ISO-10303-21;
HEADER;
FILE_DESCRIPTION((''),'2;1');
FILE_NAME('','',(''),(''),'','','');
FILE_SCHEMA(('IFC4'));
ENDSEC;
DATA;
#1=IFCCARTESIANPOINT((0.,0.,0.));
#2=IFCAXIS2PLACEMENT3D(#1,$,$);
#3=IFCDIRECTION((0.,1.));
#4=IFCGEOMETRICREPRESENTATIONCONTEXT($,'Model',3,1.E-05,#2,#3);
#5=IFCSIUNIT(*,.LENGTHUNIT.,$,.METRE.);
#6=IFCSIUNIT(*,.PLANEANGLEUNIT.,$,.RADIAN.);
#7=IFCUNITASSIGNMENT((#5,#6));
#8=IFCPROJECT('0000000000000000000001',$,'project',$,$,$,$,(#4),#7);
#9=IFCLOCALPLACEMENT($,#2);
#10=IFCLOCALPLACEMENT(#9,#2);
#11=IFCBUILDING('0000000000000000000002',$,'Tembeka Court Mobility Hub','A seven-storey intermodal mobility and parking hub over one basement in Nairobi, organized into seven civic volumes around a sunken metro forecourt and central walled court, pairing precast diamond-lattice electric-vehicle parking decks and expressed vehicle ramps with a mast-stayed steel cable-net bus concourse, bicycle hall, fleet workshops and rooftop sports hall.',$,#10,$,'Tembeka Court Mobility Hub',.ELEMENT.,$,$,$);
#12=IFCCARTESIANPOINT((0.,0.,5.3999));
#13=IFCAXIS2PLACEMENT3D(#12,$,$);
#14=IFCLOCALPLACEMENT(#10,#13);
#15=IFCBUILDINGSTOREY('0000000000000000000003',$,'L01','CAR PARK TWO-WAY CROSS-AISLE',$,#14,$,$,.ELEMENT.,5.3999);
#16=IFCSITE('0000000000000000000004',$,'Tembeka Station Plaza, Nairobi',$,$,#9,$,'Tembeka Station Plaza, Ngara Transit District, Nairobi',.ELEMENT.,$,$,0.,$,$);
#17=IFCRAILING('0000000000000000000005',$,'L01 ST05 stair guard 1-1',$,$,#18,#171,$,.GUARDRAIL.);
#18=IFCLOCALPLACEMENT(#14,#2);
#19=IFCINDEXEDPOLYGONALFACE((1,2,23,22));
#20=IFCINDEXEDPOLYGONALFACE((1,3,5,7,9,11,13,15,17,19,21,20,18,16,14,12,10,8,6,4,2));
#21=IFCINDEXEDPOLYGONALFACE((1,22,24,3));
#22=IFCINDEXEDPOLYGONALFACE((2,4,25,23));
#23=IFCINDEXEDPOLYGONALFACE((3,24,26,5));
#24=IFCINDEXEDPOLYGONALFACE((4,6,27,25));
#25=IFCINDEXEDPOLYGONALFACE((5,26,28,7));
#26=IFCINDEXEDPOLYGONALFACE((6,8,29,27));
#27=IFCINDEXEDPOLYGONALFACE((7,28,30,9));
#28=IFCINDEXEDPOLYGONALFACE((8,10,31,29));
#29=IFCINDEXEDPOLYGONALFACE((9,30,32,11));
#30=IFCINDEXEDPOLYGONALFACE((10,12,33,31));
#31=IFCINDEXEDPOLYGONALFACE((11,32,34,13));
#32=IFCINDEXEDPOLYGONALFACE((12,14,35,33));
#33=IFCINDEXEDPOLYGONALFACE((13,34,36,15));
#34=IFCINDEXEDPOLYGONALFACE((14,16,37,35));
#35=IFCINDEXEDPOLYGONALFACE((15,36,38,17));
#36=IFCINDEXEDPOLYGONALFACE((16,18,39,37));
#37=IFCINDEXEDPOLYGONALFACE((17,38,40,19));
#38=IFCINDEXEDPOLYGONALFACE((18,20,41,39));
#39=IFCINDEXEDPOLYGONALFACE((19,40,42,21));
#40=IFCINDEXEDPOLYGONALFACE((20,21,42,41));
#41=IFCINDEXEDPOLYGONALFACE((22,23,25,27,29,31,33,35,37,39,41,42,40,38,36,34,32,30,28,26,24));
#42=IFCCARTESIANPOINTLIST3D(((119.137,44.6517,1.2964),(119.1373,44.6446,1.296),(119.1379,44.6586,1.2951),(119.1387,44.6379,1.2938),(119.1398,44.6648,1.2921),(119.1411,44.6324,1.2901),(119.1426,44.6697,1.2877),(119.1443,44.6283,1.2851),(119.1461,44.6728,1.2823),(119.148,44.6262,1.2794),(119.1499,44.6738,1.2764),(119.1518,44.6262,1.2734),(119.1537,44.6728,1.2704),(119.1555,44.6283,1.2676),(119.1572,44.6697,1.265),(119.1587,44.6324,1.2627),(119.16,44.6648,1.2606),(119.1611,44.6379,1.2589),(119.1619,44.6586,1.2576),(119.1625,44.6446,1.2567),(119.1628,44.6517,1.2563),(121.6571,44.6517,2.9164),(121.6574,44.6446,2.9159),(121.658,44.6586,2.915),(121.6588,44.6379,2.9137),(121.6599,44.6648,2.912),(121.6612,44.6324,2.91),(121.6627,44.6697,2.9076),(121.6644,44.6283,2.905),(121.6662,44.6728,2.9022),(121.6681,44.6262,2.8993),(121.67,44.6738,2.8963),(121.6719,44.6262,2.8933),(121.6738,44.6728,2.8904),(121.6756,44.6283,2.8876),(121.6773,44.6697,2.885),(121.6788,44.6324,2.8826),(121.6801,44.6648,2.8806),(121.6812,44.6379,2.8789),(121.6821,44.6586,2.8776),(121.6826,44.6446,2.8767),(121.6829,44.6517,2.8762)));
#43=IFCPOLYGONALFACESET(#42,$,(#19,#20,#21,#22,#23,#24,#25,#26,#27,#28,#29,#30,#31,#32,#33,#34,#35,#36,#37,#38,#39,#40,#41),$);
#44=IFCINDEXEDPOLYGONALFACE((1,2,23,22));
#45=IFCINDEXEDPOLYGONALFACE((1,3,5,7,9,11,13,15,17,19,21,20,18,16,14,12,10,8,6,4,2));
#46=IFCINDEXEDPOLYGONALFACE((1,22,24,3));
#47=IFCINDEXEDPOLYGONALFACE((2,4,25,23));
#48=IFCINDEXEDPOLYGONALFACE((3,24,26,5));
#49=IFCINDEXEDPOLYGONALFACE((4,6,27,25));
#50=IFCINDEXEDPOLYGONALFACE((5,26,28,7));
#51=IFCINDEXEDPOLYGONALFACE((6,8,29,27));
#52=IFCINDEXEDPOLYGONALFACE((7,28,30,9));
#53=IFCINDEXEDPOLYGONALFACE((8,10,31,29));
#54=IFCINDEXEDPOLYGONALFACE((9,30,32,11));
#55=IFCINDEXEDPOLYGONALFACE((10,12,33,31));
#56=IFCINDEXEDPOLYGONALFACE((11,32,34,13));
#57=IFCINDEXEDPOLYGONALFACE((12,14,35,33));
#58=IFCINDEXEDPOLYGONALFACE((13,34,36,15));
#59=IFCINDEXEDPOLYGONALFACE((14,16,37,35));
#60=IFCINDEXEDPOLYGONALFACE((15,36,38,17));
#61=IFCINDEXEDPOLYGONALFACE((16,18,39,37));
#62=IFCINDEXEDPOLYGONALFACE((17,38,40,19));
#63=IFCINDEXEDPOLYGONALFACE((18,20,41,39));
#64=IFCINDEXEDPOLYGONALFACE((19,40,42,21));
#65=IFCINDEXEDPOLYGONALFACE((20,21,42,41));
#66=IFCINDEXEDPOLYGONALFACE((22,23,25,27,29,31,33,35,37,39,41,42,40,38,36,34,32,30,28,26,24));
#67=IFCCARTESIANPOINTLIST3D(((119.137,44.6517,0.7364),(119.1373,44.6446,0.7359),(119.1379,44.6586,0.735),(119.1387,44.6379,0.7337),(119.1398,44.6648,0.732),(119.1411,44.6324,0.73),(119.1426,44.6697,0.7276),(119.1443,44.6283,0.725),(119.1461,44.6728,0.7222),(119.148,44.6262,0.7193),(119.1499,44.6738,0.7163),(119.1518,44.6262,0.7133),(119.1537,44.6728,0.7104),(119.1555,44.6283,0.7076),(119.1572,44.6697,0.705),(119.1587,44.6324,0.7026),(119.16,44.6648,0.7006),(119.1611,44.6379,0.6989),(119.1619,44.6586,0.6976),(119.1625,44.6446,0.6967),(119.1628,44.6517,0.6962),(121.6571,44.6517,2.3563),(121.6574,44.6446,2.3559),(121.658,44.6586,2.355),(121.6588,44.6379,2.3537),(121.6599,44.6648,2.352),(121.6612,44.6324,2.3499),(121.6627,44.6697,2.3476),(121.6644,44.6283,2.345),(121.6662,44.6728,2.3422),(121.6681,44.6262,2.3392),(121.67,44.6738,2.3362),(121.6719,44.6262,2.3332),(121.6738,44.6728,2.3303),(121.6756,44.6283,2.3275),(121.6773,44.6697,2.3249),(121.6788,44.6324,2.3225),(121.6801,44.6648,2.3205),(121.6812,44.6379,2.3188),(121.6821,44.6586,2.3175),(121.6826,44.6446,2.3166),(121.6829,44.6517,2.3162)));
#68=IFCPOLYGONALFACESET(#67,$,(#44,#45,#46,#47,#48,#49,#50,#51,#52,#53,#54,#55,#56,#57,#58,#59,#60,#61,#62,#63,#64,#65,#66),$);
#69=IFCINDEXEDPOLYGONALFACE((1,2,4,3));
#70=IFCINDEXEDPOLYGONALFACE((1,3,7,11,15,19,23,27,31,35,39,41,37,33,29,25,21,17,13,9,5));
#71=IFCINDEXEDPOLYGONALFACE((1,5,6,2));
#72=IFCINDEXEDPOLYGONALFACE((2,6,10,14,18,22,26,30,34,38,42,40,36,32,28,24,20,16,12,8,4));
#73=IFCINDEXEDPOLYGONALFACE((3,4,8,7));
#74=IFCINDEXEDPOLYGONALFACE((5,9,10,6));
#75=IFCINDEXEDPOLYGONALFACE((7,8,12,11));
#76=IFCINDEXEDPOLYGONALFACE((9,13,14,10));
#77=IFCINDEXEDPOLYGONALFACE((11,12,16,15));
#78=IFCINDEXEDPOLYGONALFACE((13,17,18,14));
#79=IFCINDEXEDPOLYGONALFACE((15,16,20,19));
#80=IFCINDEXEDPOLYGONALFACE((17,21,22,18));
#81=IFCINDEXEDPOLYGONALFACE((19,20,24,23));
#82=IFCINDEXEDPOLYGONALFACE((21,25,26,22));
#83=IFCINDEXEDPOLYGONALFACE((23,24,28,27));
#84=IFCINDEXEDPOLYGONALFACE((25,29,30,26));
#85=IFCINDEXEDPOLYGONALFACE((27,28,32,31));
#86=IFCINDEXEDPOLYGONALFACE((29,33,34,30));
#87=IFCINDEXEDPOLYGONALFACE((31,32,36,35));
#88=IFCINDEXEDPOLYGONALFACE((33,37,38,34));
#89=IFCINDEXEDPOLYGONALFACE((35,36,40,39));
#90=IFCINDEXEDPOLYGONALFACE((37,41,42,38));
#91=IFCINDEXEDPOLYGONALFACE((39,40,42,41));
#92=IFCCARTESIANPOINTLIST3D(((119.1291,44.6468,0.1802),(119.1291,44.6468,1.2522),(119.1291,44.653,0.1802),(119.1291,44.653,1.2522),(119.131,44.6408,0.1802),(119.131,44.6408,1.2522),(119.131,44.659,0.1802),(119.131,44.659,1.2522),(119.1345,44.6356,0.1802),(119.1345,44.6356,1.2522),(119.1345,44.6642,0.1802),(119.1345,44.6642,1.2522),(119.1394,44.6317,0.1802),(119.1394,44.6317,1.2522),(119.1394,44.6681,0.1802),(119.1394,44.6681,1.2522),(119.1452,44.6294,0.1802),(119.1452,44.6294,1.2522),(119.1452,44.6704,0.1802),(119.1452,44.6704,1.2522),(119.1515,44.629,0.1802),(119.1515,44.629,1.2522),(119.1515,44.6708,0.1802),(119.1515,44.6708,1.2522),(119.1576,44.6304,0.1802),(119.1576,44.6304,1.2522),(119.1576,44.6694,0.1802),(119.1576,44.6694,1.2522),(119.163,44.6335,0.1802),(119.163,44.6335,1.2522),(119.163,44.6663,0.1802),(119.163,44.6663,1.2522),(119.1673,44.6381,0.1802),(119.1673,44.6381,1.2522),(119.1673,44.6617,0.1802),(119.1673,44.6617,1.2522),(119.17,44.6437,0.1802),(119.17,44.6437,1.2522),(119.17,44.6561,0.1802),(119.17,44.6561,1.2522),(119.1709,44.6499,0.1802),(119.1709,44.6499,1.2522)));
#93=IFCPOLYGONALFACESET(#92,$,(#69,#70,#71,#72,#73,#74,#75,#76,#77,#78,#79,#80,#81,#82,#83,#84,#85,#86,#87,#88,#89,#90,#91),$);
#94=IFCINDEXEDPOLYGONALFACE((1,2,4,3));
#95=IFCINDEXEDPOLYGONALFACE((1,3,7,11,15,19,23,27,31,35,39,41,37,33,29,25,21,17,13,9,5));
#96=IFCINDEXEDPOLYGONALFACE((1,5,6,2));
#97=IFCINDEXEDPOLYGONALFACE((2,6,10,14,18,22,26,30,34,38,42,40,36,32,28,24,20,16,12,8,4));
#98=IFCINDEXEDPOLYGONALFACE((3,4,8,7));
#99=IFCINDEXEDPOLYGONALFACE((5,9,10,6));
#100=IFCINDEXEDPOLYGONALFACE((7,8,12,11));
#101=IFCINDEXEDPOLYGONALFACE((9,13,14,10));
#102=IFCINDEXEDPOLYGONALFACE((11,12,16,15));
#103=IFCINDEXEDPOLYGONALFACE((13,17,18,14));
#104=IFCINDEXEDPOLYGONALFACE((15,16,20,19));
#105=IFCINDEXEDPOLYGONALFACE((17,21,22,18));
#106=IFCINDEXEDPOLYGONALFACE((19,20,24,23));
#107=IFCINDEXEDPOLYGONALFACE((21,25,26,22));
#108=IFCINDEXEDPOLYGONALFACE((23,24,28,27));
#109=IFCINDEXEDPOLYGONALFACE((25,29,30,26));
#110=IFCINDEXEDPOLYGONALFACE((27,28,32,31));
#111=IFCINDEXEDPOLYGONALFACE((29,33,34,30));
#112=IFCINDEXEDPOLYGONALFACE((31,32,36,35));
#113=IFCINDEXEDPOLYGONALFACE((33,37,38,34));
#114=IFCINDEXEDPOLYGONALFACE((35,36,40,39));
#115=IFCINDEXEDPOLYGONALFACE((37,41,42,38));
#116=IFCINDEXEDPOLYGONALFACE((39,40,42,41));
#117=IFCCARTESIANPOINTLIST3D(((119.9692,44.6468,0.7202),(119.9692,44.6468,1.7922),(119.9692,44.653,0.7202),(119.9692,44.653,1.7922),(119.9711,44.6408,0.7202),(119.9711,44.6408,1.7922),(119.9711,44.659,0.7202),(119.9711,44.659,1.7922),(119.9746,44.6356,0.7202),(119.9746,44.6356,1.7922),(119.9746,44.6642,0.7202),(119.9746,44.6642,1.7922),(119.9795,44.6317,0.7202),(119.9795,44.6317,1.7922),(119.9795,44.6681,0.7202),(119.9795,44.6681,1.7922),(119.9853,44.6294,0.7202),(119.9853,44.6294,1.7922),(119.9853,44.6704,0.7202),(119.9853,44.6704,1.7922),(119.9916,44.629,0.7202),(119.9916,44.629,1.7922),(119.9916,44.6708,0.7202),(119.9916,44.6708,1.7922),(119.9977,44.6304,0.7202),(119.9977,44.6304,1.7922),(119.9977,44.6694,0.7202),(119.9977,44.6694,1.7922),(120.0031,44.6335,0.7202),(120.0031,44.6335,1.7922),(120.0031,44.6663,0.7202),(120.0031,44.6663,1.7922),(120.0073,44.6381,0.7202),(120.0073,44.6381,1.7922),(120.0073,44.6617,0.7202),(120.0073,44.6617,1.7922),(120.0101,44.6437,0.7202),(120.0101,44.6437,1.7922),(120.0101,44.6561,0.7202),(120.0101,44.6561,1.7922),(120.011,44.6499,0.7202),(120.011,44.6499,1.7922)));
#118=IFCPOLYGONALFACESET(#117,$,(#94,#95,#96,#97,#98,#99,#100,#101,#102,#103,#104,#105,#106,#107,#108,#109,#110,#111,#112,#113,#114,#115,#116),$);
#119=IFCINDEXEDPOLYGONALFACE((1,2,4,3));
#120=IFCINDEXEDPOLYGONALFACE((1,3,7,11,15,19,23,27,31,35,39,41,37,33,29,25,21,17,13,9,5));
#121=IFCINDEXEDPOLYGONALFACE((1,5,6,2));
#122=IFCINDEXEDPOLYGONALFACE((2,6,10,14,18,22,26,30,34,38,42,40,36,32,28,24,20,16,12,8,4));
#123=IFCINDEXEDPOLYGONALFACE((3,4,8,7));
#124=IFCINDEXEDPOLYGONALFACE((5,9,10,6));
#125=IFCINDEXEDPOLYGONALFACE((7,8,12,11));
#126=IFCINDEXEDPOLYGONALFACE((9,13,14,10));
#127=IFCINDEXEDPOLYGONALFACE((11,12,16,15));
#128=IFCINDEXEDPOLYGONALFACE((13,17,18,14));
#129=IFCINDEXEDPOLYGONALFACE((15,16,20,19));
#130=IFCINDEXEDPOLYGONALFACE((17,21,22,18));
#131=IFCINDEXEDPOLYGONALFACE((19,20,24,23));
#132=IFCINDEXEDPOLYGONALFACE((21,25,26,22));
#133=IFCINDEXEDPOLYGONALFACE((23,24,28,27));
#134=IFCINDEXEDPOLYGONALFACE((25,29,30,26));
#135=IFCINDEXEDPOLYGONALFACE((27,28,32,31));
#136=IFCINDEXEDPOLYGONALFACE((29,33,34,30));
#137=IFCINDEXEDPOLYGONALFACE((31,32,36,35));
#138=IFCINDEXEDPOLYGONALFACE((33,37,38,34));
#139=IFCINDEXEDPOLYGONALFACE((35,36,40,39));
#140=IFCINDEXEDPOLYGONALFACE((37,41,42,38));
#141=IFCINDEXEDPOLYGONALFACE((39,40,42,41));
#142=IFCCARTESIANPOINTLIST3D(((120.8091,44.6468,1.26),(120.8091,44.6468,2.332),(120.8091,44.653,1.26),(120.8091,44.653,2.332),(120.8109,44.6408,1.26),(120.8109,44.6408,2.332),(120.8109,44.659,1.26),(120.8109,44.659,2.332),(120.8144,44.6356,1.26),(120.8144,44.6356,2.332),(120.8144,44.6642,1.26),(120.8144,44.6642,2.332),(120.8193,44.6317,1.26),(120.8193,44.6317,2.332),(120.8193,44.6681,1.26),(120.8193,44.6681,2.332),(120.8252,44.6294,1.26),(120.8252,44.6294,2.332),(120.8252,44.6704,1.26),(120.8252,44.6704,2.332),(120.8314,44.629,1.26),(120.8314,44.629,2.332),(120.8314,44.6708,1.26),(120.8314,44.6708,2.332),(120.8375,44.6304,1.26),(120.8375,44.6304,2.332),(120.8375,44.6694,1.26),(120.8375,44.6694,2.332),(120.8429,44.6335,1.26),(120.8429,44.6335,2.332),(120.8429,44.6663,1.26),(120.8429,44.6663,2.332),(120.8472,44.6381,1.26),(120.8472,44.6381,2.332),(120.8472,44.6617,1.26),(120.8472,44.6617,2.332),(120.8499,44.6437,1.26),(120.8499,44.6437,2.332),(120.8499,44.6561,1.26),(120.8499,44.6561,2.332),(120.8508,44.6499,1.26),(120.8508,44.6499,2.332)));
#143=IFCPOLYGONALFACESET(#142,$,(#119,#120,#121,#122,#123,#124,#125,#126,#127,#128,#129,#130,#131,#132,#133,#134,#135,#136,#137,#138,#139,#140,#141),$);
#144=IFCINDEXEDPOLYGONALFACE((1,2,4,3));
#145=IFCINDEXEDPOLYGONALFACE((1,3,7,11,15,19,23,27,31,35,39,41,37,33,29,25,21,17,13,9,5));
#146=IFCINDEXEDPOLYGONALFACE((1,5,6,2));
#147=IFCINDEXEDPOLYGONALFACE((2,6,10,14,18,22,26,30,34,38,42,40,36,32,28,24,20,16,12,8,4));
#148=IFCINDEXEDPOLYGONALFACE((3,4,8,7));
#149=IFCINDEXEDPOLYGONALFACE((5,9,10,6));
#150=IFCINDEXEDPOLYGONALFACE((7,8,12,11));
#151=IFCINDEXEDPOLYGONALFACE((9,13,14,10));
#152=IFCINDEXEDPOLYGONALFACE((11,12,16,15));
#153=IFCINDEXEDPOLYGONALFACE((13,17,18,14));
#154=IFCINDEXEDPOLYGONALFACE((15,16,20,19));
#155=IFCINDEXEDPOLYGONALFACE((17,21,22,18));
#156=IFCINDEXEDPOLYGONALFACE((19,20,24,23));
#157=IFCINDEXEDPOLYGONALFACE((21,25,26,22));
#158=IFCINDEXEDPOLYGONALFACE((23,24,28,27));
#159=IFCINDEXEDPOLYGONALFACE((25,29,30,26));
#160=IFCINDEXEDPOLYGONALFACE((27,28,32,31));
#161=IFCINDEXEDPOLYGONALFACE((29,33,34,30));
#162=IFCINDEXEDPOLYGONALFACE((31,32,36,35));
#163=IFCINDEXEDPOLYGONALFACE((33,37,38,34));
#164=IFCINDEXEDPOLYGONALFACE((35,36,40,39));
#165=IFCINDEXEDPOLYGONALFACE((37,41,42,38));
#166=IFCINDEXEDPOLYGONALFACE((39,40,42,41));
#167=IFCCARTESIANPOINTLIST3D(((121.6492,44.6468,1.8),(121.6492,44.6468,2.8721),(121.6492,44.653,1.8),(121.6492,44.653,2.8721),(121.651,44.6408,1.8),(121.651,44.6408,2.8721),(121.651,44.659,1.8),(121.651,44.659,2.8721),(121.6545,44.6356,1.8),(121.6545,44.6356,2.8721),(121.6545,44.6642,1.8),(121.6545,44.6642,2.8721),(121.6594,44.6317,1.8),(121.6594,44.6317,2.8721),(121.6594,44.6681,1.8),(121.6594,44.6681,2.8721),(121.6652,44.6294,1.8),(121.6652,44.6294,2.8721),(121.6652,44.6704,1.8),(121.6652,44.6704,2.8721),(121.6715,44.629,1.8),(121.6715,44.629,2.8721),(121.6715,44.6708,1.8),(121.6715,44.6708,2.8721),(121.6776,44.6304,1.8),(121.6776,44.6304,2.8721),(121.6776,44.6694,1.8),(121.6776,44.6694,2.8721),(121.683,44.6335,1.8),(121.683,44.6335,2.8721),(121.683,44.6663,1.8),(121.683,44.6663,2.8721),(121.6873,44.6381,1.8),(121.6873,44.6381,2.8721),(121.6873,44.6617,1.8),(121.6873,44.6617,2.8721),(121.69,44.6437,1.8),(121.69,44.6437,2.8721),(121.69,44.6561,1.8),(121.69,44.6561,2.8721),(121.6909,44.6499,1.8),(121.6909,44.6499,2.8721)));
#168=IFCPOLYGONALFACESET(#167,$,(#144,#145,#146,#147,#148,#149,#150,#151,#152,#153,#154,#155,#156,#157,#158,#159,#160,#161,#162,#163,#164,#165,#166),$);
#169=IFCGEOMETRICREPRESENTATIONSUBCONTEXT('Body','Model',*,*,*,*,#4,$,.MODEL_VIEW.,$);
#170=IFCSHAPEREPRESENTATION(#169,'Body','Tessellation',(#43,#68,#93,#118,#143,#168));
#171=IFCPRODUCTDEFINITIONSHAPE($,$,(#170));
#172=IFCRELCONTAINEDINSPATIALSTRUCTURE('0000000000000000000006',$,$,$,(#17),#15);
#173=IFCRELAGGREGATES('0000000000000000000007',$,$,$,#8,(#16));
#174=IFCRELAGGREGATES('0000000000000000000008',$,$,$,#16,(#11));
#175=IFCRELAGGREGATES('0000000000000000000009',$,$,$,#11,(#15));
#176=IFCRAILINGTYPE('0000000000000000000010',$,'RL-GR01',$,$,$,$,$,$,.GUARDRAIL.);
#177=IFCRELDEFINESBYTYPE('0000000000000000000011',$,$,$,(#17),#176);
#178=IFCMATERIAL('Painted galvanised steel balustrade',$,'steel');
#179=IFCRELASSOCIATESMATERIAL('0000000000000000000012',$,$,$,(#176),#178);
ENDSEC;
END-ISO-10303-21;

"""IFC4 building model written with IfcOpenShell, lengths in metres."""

from ifc_helpers import new_model, si_unit, direction, frame, origin, origin_2d, place, context, subcontext, project, spatial, circle, extrude, material, type_object, element, save


model = new_model("IFC4")

# Units and contexts
model_context = context("Model", 3, precision=1e-05, world=origin(), true_north=direction((0.0, 1.0)))
body_context = subcontext(model_context, "Body", "Model", "MODEL_VIEW")
ifc_project = project(units=[si_unit("LENGTHUNIT", "METRE"), si_unit("PLANEANGLEUNIT", "RADIAN")], contexts=[model_context])

# Site, building, storey
site_placement = place(None, origin())
site = spatial("IfcSite", under=ifc_project, at=site_placement, Name="Tembeka Station Plaza, Nairobi", LongName="Tembeka Station Plaza, Ngara Transit District, Nairobi", CompositionType="ELEMENT", RefElevation=0.0)
building_placement = place(site_placement, origin())
building = spatial("IfcBuilding", under=site, at=building_placement, Name="Tembeka Court Mobility Hub", Description="A seven-storey intermodal mobility and parking hub over one basement in Nairobi, organized into seven civic volumes around a sunken metro forecourt and central walled court, pairing precast diamond-lattice electric-vehicle parking decks and expressed vehicle ramps with a mast-stayed steel cable-net bus concourse, bicycle hall, fleet workshops and rooftop sports hall.", LongName="Tembeka Court Mobility Hub", CompositionType="ELEMENT")
storey_placement = place(building_placement, frame((0.0, 0.0, 5.3999)))
storey = spatial("IfcBuildingStorey", under=building, at=storey_placement, Name="L01", Description="CAR PARK TWO-WAY CROSS-AISLE", CompositionType="ELEMENT", Elevation=5.3999)

# Railing
ifc_material_1 = material(Name="Painted galvanised steel balustrade", Category="steel")
railing_type_1 = type_object("IfcRailingType", Name="RL-GR01", PredefinedType="GUARDRAIL", material=ifc_material_1)
railing_1_placement = place(storey_placement, frame((119.1499, 44.6499, 0.1802)))
element("IfcRailing", 1, at=railing_1_placement, inside=storey, type_object=railing_type_1, Name="L01 ST05 stair guard 1-1", PredefinedType="GUARDRAIL", context=body_context, shape_type="SweptSolid", body=[
    extrude(circle(Radius=0.0239, at=origin_2d()), frame((0.0, 0.0, 1.0962), z_axis=(0.8412, 0.0, 0.540725), x_axis=(0.0, 1.0, 0.0)), (0.0, 0.0, 1.0), 2.9958),
    extrude(circle(Radius=0.0239, at=origin_2d()), frame((0.0, 0.0, 0.5361), z_axis=(0.8412, 0.0, 0.540725), x_axis=(0.0, 1.0, 0.0)), (0.0, 0.0, 1.0), 2.9958),
    extrude(circle(Radius=0.021, at=origin_2d()), origin(), (0.0, 0.0, 1.0), 1.072),
    extrude(circle(Radius=0.021, at=origin_2d()), frame((0.8401, 0.0, 0.54)), (0.0, 0.0, 1.0), 1.072),
    extrude(circle(Radius=0.021, at=origin_2d()), frame((1.6799, 0.0, 1.0798)), (0.0, 0.0, 1.0), 1.072),
    extrude(circle(Radius=0.021, at=origin_2d()), frame((2.52, 0.0, 1.6199)), (0.0, 0.0, 1.0), 1.072),
])

save(model, "model.ifc")
